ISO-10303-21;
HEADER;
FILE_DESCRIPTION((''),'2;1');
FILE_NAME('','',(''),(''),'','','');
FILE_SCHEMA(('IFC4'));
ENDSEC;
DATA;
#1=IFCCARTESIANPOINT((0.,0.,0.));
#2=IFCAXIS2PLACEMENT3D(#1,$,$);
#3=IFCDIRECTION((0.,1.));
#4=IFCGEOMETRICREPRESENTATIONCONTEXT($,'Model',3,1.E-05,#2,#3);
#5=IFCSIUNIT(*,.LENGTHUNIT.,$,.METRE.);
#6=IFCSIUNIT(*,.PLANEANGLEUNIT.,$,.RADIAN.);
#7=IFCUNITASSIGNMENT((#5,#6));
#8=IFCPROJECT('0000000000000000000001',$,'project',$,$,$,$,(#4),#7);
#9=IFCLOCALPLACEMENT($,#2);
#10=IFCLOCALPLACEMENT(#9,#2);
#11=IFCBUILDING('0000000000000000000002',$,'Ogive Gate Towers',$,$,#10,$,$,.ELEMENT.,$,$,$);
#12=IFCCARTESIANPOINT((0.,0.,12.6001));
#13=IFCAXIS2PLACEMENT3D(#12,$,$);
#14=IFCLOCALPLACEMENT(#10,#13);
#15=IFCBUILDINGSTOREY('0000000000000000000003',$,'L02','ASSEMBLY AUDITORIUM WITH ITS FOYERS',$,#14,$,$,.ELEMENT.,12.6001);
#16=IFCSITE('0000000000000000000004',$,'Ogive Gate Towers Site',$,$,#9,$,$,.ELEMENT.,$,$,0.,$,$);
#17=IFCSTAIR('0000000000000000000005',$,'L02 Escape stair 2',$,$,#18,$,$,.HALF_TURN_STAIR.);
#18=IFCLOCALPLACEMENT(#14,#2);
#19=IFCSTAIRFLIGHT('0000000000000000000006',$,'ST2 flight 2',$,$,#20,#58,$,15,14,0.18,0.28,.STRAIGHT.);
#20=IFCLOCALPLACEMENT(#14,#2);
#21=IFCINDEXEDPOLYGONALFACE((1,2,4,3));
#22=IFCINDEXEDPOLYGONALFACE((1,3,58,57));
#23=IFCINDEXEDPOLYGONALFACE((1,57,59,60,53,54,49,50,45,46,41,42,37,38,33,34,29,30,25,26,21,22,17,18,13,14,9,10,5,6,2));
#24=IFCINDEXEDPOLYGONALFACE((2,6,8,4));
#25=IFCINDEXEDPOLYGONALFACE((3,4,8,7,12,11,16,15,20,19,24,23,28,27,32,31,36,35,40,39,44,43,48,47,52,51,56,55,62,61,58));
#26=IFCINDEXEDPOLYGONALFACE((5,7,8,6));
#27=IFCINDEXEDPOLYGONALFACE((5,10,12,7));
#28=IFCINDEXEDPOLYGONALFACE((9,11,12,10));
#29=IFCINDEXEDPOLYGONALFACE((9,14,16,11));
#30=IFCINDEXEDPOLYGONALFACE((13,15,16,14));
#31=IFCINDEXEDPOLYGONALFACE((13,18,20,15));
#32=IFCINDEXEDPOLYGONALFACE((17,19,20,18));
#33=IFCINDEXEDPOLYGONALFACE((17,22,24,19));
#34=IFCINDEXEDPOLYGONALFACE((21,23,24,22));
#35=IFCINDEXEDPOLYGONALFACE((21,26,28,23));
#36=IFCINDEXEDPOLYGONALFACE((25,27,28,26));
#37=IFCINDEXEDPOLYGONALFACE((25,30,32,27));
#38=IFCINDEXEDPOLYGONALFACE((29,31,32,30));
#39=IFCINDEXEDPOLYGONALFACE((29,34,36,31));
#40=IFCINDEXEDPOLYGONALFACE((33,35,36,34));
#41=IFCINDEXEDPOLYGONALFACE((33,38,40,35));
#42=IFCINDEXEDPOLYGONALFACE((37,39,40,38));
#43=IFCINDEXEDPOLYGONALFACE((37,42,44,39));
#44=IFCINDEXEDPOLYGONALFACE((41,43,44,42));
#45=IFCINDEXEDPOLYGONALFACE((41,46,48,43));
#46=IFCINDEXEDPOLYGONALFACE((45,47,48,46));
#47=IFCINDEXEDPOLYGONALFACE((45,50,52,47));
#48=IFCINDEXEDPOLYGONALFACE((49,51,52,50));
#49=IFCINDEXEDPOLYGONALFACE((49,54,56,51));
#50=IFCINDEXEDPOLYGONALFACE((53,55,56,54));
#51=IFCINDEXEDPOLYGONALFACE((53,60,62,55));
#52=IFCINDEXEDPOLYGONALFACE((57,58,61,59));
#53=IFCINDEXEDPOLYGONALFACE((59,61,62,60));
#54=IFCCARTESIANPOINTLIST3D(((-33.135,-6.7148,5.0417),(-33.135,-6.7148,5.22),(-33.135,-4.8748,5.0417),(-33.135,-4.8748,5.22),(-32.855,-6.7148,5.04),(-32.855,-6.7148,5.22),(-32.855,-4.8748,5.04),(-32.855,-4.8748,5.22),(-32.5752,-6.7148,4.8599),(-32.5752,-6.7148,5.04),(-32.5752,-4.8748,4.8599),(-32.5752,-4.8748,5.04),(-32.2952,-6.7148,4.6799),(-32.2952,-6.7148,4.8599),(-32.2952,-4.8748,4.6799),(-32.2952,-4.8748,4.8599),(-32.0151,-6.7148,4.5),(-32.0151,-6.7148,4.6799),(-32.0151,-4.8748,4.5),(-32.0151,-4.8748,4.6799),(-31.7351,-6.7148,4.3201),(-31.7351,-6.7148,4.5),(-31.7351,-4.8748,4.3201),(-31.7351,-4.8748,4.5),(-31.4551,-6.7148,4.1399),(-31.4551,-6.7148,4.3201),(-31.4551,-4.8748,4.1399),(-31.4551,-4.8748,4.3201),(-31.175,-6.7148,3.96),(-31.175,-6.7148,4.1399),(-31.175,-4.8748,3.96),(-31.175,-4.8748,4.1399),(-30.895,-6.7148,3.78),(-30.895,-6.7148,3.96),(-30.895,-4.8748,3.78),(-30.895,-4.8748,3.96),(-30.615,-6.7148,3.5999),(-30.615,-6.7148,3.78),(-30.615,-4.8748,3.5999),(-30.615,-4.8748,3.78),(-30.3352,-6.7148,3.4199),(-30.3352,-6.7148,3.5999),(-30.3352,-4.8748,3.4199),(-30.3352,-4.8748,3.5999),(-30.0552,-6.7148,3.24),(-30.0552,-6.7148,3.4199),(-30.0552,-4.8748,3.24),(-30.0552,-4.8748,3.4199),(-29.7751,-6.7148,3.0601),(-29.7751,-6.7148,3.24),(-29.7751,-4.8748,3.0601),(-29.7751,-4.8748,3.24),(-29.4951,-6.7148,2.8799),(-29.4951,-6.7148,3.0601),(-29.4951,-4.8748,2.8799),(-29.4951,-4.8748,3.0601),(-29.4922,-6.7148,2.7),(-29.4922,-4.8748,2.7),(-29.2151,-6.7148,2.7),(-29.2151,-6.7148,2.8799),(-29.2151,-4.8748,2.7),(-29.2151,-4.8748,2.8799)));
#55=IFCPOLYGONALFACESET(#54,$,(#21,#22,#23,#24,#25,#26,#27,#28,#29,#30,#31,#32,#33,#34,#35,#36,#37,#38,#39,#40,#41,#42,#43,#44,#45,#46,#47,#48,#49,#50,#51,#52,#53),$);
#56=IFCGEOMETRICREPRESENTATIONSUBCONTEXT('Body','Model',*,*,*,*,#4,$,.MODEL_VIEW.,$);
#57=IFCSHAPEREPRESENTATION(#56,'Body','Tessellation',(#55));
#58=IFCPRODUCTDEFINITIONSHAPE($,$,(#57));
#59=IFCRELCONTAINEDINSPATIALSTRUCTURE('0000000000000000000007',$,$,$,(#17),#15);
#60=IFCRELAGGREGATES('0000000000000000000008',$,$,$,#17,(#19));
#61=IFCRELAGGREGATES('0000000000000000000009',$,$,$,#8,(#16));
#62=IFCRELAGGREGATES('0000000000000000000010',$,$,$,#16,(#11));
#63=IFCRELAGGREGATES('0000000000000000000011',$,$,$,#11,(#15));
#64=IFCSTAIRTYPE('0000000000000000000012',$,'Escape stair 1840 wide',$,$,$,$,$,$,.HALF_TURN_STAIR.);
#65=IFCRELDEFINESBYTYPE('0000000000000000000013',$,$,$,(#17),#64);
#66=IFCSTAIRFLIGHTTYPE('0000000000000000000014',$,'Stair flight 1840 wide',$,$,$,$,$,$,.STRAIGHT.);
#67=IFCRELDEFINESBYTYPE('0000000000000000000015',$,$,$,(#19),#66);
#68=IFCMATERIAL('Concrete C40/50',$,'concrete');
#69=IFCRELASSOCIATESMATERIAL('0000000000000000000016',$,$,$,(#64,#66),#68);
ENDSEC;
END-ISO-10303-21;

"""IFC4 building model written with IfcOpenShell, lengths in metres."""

from ifc_helpers import new_model, si_unit, direction, frame, origin, place, context, subcontext, project, spatial, polyline, outline, extrude, material, type_object, element, aggregate, save


model = new_model("IFC4")

# Units and contexts
model_context = context("Model", 3, precision=1e-05, world=origin(), true_north=direction((0.0, 1.0)))
body_context = subcontext(model_context, "Body", "Model", "MODEL_VIEW")
ifc_project = project(units=[si_unit("LENGTHUNIT", "METRE"), si_unit("PLANEANGLEUNIT", "RADIAN")], contexts=[model_context])

# Site, building, storey
site_placement = place(None, origin())
site = spatial("IfcSite", under=ifc_project, at=site_placement, Name="Ogive Gate Towers Site", CompositionType="ELEMENT", RefElevation=0.0)
building_placement = place(site_placement, origin())
building = spatial("IfcBuilding", under=site, at=building_placement, Name="Ogive Gate Towers", CompositionType="ELEMENT")
storey_placement = place(building_placement, frame((0.0, 0.0, 12.6001)))
storey = spatial("IfcBuildingStorey", under=building, at=storey_placement, Name="L02", Description="ASSEMBLY AUDITORIUM WITH ITS FOYERS", CompositionType="ELEMENT", Elevation=12.6001)

# Shared definitions
ifc_material_1 = material(Name="Concrete C40/50", Category="concrete")

# Stair, stair flight
stair_type = type_object("IfcStairType", Name="Escape stair 1840 wide", PredefinedType="HALF_TURN_STAIR", material=ifc_material_1)
stair_placement = place(storey_placement, origin())
stair = element("IfcStair", 1, at=stair_placement, inside=storey, type_object=stair_type, Name="L02 Escape stair 2", PredefinedType="HALF_TURN_STAIR")
stair_flight_type = type_object("IfcStairFlightType", Name="Stair flight 1840 wide", PredefinedType="STRAIGHT", material=ifc_material_1)
stair_flight_1_placement = place(storey_placement, frame((-29.2151, -5.7949, 2.7), z_axis=(0.0, 0.0, 1.0), x_axis=(-1.0, 0.0, 0.0)))
stair_flight_1 = element("IfcStairFlight", 2, at=stair_flight_1_placement, type_object=stair_flight_type, Name="ST2 flight 2", NumberOfRisers=15, NumberOfTreads=14, PredefinedType="STRAIGHT", RiserHeight=0.18, TreadLength=0.28, context=body_context, shape_type="SweptSolid", body=[
    extrude(outline(polyline([(0.0, 0.0), (0.0, 0.1799), (0.28, 0.1799), (0.28, 0.3601), (0.5601, 0.3601), (0.5601, 0.54), (0.8401, 0.54), (0.8401, 0.72), (1.1201, 0.72), (1.1201, 0.8999), (1.3999, 0.8999), (1.3999, 1.0801), (1.6799, 1.0801), (1.6799, 1.26), (1.96, 1.26), (1.96, 1.4399), (2.24, 1.4399), (2.24, 1.6201), (2.52, 1.6201), (2.52, 1.8), (2.8, 1.8), (2.8, 1.98), (3.0801, 1.98), (3.0801, 2.1599), (3.3601, 2.1599), (3.3601, 2.3401), (3.6399, 2.3401), (3.6399, 2.52), (3.9199, 2.52), (3.9199, 2.7), (3.9199, 2.3418), (0.2771, 0.0), (0.0, 0.0)])), frame((0.0, 0.9199, 0.0), z_axis=(0.0, -1.0, 0.0), x_axis=(1.0, 0.0, 0.0)), (0.0, 0.0, 1.0), 1.8401),
])
aggregate(stair, [stair_flight_1])

save(model, "model.ifc")
